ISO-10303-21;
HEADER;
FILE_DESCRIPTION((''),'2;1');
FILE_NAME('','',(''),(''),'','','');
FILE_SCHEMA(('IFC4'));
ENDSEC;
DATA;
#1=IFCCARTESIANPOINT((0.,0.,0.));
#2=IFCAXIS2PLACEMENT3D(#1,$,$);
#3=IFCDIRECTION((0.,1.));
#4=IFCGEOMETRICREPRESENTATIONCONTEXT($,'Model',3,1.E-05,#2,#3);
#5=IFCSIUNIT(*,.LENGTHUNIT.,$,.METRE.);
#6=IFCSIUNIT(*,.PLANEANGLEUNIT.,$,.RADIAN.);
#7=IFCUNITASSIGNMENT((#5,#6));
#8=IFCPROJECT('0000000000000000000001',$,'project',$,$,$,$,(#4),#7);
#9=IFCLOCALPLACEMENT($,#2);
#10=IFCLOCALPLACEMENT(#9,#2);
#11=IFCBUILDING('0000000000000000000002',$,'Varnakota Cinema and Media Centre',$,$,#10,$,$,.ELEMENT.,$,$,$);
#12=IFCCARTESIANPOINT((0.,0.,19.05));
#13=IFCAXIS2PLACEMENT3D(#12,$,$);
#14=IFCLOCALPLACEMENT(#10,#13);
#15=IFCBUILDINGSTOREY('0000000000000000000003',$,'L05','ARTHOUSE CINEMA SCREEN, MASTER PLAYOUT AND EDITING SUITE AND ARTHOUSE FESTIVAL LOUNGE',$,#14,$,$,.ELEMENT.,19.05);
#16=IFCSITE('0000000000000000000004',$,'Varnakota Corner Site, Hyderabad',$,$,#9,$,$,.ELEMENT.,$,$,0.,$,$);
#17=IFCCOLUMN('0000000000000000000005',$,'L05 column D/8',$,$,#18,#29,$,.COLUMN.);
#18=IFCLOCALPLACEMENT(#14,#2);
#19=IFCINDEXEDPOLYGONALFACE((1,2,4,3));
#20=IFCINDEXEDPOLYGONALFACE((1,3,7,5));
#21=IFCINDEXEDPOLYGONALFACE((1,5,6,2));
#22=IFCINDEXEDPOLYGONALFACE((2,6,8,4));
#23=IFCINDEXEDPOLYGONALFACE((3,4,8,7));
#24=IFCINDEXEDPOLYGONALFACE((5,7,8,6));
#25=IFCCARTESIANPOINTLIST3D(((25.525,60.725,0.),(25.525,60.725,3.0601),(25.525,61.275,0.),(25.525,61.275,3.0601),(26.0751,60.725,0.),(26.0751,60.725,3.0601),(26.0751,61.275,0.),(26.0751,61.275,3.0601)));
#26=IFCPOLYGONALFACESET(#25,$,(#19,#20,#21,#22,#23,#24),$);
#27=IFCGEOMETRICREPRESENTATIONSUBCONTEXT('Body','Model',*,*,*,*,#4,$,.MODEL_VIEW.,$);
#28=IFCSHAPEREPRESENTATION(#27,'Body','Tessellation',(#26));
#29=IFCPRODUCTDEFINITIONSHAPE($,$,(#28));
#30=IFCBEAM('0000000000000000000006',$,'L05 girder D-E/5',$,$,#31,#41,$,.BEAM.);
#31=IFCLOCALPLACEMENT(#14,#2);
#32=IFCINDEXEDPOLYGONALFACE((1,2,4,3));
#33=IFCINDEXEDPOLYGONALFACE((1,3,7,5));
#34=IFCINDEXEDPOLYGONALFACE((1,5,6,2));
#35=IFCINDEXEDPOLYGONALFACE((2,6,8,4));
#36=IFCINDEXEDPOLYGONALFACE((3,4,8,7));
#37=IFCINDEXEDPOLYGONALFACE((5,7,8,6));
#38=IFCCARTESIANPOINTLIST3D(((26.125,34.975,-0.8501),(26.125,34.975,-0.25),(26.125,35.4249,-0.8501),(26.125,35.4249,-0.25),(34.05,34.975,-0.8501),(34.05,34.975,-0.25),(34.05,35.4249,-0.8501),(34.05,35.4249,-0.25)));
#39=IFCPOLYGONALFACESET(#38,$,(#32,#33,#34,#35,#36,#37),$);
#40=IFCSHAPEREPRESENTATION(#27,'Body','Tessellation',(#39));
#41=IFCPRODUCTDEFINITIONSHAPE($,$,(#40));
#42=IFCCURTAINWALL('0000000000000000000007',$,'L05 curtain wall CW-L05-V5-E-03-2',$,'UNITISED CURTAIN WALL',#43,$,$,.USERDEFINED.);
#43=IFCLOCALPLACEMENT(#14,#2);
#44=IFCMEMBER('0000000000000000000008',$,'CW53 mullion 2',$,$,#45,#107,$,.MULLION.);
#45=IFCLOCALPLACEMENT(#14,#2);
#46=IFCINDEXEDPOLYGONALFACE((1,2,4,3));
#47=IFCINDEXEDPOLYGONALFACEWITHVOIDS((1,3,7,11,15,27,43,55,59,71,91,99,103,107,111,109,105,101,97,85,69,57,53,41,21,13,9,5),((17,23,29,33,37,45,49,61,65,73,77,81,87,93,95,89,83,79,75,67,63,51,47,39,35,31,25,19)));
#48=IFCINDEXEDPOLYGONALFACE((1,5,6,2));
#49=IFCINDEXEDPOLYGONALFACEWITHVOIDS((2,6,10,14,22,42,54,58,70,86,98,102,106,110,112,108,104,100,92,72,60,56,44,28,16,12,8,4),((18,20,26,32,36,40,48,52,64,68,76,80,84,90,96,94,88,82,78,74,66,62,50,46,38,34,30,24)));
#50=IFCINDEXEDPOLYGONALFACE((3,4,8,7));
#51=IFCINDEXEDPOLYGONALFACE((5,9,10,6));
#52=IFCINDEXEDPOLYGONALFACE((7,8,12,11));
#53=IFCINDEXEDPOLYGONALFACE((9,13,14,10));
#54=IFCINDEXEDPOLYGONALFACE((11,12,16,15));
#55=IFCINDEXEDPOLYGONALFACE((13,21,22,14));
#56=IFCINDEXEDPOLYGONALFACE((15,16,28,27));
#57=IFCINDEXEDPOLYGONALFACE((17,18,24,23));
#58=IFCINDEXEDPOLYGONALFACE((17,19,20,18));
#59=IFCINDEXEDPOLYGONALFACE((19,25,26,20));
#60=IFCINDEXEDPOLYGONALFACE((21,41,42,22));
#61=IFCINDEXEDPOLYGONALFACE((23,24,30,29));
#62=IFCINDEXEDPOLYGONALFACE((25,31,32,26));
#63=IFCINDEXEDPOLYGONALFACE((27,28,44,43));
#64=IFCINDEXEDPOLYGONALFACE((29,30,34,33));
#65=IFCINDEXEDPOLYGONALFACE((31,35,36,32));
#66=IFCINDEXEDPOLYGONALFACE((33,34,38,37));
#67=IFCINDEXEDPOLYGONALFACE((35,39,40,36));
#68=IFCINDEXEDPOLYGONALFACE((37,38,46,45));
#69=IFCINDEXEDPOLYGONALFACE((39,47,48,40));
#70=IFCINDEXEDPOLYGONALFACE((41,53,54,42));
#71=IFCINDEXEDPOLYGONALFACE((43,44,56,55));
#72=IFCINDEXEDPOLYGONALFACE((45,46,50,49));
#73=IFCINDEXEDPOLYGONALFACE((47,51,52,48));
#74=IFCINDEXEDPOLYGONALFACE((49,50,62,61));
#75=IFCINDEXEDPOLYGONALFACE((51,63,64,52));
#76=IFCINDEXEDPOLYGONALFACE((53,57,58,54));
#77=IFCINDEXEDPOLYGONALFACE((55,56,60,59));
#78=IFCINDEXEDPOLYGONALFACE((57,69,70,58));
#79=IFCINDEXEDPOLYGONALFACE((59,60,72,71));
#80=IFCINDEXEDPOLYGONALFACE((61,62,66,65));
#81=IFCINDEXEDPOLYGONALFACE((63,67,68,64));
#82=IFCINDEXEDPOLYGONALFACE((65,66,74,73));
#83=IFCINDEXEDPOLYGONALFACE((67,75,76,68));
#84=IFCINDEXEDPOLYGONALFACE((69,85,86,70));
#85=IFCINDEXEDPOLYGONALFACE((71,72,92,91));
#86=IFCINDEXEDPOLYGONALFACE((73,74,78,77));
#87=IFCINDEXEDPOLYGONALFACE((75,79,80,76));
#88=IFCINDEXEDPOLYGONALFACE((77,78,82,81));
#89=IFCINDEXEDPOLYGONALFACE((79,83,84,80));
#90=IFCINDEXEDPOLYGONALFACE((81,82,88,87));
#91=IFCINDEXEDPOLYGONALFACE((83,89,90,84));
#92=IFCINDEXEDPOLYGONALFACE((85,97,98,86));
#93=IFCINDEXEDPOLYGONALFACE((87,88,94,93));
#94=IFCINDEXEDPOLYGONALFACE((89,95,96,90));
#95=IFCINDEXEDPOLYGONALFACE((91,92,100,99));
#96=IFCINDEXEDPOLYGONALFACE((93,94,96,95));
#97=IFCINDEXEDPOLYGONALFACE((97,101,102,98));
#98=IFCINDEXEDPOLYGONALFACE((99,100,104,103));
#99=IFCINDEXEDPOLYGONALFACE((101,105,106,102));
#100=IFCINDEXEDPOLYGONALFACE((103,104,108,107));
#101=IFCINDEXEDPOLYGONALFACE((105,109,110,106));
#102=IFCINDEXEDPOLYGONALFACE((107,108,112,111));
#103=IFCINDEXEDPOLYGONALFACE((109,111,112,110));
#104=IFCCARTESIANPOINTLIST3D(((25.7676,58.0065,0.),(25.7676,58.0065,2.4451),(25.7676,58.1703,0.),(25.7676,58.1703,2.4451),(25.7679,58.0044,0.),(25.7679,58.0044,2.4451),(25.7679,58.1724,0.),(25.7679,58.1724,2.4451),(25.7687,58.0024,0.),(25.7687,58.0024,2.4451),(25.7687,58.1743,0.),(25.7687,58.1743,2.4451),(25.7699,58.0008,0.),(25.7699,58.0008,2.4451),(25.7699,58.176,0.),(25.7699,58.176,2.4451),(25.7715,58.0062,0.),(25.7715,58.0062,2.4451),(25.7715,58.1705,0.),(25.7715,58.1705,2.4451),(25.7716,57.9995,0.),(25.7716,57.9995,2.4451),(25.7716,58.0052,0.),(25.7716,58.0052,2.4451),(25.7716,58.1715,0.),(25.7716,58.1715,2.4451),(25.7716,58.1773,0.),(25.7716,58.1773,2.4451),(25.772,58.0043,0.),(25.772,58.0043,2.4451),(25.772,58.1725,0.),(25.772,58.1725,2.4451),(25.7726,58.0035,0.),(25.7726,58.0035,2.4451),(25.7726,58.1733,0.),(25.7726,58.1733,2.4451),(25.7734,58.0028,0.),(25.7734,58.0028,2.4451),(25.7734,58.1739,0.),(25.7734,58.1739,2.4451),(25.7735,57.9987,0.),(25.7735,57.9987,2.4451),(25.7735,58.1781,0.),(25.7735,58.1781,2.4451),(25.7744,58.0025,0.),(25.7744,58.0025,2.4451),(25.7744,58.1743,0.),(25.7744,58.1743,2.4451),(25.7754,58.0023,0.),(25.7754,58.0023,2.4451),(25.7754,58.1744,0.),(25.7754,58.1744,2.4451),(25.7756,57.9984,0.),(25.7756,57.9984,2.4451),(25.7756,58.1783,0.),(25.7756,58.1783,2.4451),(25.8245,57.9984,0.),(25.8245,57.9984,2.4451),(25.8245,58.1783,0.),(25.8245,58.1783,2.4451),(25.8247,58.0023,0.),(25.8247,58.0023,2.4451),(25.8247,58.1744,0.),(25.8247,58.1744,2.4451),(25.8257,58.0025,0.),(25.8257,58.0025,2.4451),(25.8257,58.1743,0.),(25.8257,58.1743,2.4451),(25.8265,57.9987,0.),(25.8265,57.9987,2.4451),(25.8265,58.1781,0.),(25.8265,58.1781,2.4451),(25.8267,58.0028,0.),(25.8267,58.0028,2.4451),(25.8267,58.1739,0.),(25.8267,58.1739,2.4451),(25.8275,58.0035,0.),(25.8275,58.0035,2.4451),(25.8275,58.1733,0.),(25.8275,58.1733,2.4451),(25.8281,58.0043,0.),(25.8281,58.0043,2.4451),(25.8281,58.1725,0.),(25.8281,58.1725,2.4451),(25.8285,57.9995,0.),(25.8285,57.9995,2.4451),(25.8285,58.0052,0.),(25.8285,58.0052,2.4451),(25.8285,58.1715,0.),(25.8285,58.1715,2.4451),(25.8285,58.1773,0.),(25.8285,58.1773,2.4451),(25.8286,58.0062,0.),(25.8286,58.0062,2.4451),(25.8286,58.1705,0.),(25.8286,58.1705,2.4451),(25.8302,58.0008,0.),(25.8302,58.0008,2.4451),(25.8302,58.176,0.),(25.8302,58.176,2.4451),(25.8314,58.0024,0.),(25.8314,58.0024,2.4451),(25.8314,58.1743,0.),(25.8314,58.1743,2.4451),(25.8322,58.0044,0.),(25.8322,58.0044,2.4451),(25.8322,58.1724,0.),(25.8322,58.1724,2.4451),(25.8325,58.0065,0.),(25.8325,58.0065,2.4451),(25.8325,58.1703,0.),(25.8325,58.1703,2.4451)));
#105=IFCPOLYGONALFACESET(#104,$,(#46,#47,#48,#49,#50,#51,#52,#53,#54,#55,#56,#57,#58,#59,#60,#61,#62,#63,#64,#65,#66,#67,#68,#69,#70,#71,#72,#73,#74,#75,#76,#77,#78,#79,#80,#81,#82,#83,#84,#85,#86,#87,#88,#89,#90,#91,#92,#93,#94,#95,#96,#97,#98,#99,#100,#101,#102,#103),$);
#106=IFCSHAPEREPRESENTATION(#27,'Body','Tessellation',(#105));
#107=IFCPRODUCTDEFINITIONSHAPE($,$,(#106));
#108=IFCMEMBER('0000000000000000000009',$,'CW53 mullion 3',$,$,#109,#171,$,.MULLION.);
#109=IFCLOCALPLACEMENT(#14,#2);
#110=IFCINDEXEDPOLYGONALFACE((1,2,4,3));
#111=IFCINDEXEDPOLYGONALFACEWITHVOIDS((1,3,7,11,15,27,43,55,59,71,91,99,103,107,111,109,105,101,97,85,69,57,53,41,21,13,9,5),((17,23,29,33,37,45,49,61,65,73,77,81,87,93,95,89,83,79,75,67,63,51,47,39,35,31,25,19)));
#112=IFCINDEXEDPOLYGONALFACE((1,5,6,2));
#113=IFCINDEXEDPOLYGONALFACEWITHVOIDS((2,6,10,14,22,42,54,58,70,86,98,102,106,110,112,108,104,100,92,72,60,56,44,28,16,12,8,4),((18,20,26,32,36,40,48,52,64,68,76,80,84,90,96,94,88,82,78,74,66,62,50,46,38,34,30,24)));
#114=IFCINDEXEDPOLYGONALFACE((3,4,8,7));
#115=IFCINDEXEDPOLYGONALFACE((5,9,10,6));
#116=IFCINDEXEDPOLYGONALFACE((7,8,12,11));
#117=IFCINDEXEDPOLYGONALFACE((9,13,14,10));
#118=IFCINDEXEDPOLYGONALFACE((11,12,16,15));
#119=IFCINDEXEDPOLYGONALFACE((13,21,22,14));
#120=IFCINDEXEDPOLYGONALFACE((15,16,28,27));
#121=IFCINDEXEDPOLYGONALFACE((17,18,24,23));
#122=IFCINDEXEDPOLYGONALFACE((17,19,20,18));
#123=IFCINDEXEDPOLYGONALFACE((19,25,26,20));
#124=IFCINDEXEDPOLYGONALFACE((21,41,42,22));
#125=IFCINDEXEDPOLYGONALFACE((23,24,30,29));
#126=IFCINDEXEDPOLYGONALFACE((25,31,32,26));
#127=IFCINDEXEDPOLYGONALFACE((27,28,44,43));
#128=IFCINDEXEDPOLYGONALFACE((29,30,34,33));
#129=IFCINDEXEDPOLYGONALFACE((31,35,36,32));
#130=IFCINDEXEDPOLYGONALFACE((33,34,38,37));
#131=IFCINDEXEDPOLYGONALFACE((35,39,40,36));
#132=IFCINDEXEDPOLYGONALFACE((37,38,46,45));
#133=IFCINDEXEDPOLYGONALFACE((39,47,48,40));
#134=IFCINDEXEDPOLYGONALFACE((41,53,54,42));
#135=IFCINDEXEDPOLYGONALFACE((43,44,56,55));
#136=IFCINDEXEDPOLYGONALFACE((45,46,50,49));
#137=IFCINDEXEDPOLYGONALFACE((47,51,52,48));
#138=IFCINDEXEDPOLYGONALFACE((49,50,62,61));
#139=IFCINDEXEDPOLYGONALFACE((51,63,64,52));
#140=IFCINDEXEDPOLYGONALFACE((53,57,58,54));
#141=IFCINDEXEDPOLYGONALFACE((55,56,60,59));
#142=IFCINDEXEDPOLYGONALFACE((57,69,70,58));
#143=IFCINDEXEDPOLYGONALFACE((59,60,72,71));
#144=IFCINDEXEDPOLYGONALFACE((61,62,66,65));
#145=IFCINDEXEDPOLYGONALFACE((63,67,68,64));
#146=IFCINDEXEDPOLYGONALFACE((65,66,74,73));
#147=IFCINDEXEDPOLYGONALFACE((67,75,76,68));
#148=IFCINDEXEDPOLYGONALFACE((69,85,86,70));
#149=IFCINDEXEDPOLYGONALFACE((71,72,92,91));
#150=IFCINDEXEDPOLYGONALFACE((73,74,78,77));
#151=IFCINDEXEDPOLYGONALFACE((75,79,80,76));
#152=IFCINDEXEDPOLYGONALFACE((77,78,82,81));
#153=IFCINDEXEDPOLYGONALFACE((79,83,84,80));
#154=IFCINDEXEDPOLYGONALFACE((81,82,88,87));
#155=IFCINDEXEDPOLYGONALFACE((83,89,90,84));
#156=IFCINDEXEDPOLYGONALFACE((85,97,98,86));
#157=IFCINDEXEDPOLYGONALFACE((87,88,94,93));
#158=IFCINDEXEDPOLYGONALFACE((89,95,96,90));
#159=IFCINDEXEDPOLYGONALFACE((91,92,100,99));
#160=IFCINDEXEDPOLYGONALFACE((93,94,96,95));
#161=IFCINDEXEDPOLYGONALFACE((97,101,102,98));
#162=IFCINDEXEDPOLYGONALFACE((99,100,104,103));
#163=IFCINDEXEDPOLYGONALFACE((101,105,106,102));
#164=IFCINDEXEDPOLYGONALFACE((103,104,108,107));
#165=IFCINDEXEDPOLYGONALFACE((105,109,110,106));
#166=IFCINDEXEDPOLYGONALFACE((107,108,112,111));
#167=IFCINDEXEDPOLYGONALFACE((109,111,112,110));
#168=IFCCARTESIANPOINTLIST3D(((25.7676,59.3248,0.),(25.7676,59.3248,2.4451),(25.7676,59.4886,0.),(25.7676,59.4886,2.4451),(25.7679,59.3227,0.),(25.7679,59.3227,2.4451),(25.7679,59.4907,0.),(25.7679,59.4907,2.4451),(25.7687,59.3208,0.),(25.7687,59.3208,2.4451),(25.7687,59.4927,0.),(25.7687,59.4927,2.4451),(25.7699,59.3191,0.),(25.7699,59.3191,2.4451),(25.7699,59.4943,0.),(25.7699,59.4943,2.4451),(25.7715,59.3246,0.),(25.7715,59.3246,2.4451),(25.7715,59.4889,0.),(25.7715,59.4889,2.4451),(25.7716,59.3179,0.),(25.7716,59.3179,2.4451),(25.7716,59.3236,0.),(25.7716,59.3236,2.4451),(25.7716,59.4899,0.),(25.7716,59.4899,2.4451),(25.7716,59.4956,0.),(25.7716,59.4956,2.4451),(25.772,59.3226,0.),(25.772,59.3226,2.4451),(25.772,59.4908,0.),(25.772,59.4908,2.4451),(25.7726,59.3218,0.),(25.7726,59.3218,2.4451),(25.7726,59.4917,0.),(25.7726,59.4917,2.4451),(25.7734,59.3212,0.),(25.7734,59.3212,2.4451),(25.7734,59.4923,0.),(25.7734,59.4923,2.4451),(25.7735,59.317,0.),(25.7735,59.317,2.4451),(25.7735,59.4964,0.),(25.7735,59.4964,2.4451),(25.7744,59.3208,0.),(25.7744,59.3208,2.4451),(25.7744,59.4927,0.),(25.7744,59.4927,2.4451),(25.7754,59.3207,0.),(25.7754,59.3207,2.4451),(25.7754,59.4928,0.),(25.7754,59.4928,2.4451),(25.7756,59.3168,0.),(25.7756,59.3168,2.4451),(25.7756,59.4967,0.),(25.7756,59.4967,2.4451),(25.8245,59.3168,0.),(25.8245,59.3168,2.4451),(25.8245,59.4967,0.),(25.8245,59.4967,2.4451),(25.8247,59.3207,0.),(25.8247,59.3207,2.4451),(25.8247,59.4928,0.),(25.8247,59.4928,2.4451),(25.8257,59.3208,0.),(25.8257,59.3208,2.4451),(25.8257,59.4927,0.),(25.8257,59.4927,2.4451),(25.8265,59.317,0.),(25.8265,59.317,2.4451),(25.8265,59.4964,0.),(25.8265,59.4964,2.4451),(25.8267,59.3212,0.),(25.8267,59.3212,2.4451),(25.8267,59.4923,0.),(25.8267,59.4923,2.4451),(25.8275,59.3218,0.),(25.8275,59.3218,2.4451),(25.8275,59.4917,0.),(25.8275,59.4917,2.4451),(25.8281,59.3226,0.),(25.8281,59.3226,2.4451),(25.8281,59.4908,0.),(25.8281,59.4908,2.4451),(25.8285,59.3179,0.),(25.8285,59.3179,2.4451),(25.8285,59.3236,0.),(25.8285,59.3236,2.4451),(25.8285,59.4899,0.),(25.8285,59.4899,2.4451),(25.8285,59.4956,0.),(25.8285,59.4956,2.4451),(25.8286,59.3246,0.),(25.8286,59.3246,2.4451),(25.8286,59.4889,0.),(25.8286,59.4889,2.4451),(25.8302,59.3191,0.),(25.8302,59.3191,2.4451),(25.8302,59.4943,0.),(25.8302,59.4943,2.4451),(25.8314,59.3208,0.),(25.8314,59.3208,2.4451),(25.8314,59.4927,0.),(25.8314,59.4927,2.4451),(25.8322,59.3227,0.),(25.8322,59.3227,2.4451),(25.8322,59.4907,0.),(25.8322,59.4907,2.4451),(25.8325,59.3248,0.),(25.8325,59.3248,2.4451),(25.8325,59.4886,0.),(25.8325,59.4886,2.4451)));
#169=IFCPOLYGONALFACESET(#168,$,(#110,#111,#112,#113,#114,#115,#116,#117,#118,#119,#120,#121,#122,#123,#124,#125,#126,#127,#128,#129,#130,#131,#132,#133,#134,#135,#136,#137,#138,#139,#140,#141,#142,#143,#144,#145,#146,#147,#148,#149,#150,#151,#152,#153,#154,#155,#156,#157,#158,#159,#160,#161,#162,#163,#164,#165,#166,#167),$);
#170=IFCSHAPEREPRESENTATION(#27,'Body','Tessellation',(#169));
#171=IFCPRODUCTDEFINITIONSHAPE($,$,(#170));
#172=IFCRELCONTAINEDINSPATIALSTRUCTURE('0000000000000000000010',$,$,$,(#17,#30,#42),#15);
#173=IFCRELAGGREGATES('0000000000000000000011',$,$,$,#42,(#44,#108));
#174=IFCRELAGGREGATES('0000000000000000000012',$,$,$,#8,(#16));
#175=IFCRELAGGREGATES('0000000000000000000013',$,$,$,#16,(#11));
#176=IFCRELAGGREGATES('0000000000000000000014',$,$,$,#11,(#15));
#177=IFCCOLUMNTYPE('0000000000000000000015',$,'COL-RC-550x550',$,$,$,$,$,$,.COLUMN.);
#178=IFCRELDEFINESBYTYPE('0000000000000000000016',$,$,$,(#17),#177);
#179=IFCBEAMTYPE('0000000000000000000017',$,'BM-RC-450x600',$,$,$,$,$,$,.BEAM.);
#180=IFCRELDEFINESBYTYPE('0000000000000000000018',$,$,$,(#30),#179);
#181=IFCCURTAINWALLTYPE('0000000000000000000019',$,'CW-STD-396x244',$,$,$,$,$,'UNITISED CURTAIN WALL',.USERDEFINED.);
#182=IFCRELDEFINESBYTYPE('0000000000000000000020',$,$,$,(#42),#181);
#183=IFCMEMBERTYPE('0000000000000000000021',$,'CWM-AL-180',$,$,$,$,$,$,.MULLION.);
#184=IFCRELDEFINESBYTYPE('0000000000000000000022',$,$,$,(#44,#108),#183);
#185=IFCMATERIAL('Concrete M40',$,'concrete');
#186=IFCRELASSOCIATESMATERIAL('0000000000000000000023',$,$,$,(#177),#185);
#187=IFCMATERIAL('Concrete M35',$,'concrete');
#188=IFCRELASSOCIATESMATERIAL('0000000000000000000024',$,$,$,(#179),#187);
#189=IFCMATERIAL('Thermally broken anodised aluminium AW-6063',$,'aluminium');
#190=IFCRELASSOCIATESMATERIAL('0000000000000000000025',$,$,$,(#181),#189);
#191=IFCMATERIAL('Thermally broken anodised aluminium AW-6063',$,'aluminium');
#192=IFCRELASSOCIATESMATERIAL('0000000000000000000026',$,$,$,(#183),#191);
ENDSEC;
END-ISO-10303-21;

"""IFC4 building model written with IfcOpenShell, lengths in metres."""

from ifc_helpers import new_model, si_unit, direction, frame, origin, origin_2d, place, context, subcontext, project, spatial, rectangle, hollow_rectangle, extrude, material, material_profile, profile_set, type_object, element, aggregate, save


model = new_model("IFC4")

# Units and contexts
model_context = context("Model", 3, precision=1e-05, world=origin(), true_north=direction((0.0, 1.0)))
body_context = subcontext(model_context, "Body", "Model", "MODEL_VIEW")
ifc_project = project(units=[si_unit("LENGTHUNIT", "METRE"), si_unit("PLANEANGLEUNIT", "RADIAN")], contexts=[model_context])

# Site, building, storey
site_placement = place(None, origin())
site = spatial("IfcSite", under=ifc_project, at=site_placement, Name="Varnakota Corner Site, Hyderabad", CompositionType="ELEMENT", RefElevation=0.0)
building_placement = place(site_placement, origin())
building = spatial("IfcBuilding", under=site, at=building_placement, Name="Varnakota Cinema and Media Centre", CompositionType="ELEMENT")
storey_placement = place(building_placement, frame((0.0, 0.0, 19.05)))
storey = spatial("IfcBuildingStorey", under=building, at=storey_placement, Name="L05", Description="ARTHOUSE CINEMA SCREEN, MASTER PLAYOUT AND EDITING SUITE AND ARTHOUSE FESTIVAL LOUNGE", CompositionType="ELEMENT", Elevation=19.05)

# Column
ifc_material_1 = material(Name="Concrete M40", Category="concrete")
ifc_material_profile_1 = material_profile(ifc_material_1, rectangle(XDim=0.55, YDim=0.55, at=origin_2d()), Name="RC 550x550")
ifc_profile_set_1 = profile_set([ifc_material_profile_1], Name="Concrete M40")
column_type = type_object("IfcColumnType", Name="COL-RC-550x550", PredefinedType="COLUMN", material=ifc_profile_set_1)
column_placement = place(storey_placement, frame((25.8, 61.0, 0.0), z_axis=(0.0, 0.0, 1.0), x_axis=(1.0, 0.0, 0.0)))
element("IfcColumn", 1, at=column_placement, inside=storey, type_object=column_type, Name="L05 column D/8", PredefinedType="COLUMN", context=body_context, shape_type="SweptSolid", body=[
    extrude(rectangle(XDim=0.55, YDim=0.55, at=origin_2d()), origin(), (0.0, 0.0, 1.0), 3.0601),
])

# Beam
ifc_material_2 = material(Name="Concrete M35", Category="concrete")
ifc_material_profile_2 = material_profile(ifc_material_2, rectangle(XDim=0.45, YDim=0.6001, at=origin_2d()), Name="RCB 450x600")
ifc_profile_set_2 = profile_set([ifc_material_profile_2], Name="Concrete M35")
beam_type = type_object("IfcBeamType", Name="BM-RC-450x600", PredefinedType="BEAM", material=ifc_profile_set_2)
beam_placement = place(storey_placement, frame((26.125, 35.2, -0.55), z_axis=(1.0, 0.0, 0.0), x_axis=(0.0, 1.0, 0.0)))
element("IfcBeam", 2, at=beam_placement, inside=storey, type_object=beam_type, Name="L05 girder D-E/5", PredefinedType="BEAM", context=body_context, shape_type="SweptSolid", body=[
    extrude(rectangle(XDim=0.45, YDim=0.6001, at=origin_2d()), origin(), (0.0, 0.0, 1.0), 7.925),
])

# Curtain wall, members
ifc_material_3 = material(Name="Thermally broken anodised aluminium AW-6063", Category="aluminium")
curtain_wall_type = type_object("IfcCurtainWallType", Name="CW-STD-396x244", ElementType="UNITISED CURTAIN WALL", PredefinedType="USERDEFINED", material=ifc_material_3)
curtain_wall_placement = place(storey_placement, origin())
curtain_wall = element("IfcCurtainWall", 3, at=curtain_wall_placement, inside=storey, type_object=curtain_wall_type, Name="L05 curtain wall CW-L05-V5-E-03-2", ObjectType="UNITISED CURTAIN WALL", PredefinedType="USERDEFINED")
ifc_material_4 = material(Name="Thermally broken anodised aluminium AW-6063", Category="aluminium")
ifc_material_profile_3 = material_profile(ifc_material_4, hollow_rectangle(XDim=0.0649, YDim=0.1799, WallThickness=0.0039, InnerFilletRadius=0.0039, OuterFilletRadius=0.0081, at=origin_2d()), Name="AL-MULLION 180x65x4")
ifc_profile_set_3 = profile_set([ifc_material_profile_3], Name="Thermally broken anodised aluminium AW-6063")
member_type_1 = type_object("IfcMemberType", Name="CWM-AL-180", PredefinedType="MULLION", material=ifc_profile_set_3)
member_1_placement = place(storey_placement, frame((25.8, 58.0884, 0.0), z_axis=(0.0, 0.0, 1.0), x_axis=(-1.0, 0.0, 0.0)))
member_1 = element("IfcMember", 4, at=member_1_placement, type_object=member_type_1, Name="CW53 mullion 2", PredefinedType="MULLION", context=body_context, shape_type="SweptSolid", body=[
    extrude(hollow_rectangle(XDim=0.0649, YDim=0.1799, WallThickness=0.0039, InnerFilletRadius=0.0039, OuterFilletRadius=0.0081, at=origin_2d()), origin(), (0.0, 0.0, 1.0), 2.4451),
])
member_2_placement = place(storey_placement, frame((25.8, 59.4067, 0.0), z_axis=(0.0, 0.0, 1.0), x_axis=(-1.0, 0.0, 0.0)))
member_2 = element("IfcMember", 5, at=member_2_placement, type_object=member_type_1, Name="CW53 mullion 3", PredefinedType="MULLION", context=body_context, shape_type="SweptSolid", body=[
    extrude(hollow_rectangle(XDim=0.0649, YDim=0.1799, WallThickness=0.0039, InnerFilletRadius=0.0039, OuterFilletRadius=0.0081, at=origin_2d()), origin(), (0.0, 0.0, 1.0), 2.4451),
])
aggregate(curtain_wall, [member_1, member_2])

save(model, "model.ifc")
